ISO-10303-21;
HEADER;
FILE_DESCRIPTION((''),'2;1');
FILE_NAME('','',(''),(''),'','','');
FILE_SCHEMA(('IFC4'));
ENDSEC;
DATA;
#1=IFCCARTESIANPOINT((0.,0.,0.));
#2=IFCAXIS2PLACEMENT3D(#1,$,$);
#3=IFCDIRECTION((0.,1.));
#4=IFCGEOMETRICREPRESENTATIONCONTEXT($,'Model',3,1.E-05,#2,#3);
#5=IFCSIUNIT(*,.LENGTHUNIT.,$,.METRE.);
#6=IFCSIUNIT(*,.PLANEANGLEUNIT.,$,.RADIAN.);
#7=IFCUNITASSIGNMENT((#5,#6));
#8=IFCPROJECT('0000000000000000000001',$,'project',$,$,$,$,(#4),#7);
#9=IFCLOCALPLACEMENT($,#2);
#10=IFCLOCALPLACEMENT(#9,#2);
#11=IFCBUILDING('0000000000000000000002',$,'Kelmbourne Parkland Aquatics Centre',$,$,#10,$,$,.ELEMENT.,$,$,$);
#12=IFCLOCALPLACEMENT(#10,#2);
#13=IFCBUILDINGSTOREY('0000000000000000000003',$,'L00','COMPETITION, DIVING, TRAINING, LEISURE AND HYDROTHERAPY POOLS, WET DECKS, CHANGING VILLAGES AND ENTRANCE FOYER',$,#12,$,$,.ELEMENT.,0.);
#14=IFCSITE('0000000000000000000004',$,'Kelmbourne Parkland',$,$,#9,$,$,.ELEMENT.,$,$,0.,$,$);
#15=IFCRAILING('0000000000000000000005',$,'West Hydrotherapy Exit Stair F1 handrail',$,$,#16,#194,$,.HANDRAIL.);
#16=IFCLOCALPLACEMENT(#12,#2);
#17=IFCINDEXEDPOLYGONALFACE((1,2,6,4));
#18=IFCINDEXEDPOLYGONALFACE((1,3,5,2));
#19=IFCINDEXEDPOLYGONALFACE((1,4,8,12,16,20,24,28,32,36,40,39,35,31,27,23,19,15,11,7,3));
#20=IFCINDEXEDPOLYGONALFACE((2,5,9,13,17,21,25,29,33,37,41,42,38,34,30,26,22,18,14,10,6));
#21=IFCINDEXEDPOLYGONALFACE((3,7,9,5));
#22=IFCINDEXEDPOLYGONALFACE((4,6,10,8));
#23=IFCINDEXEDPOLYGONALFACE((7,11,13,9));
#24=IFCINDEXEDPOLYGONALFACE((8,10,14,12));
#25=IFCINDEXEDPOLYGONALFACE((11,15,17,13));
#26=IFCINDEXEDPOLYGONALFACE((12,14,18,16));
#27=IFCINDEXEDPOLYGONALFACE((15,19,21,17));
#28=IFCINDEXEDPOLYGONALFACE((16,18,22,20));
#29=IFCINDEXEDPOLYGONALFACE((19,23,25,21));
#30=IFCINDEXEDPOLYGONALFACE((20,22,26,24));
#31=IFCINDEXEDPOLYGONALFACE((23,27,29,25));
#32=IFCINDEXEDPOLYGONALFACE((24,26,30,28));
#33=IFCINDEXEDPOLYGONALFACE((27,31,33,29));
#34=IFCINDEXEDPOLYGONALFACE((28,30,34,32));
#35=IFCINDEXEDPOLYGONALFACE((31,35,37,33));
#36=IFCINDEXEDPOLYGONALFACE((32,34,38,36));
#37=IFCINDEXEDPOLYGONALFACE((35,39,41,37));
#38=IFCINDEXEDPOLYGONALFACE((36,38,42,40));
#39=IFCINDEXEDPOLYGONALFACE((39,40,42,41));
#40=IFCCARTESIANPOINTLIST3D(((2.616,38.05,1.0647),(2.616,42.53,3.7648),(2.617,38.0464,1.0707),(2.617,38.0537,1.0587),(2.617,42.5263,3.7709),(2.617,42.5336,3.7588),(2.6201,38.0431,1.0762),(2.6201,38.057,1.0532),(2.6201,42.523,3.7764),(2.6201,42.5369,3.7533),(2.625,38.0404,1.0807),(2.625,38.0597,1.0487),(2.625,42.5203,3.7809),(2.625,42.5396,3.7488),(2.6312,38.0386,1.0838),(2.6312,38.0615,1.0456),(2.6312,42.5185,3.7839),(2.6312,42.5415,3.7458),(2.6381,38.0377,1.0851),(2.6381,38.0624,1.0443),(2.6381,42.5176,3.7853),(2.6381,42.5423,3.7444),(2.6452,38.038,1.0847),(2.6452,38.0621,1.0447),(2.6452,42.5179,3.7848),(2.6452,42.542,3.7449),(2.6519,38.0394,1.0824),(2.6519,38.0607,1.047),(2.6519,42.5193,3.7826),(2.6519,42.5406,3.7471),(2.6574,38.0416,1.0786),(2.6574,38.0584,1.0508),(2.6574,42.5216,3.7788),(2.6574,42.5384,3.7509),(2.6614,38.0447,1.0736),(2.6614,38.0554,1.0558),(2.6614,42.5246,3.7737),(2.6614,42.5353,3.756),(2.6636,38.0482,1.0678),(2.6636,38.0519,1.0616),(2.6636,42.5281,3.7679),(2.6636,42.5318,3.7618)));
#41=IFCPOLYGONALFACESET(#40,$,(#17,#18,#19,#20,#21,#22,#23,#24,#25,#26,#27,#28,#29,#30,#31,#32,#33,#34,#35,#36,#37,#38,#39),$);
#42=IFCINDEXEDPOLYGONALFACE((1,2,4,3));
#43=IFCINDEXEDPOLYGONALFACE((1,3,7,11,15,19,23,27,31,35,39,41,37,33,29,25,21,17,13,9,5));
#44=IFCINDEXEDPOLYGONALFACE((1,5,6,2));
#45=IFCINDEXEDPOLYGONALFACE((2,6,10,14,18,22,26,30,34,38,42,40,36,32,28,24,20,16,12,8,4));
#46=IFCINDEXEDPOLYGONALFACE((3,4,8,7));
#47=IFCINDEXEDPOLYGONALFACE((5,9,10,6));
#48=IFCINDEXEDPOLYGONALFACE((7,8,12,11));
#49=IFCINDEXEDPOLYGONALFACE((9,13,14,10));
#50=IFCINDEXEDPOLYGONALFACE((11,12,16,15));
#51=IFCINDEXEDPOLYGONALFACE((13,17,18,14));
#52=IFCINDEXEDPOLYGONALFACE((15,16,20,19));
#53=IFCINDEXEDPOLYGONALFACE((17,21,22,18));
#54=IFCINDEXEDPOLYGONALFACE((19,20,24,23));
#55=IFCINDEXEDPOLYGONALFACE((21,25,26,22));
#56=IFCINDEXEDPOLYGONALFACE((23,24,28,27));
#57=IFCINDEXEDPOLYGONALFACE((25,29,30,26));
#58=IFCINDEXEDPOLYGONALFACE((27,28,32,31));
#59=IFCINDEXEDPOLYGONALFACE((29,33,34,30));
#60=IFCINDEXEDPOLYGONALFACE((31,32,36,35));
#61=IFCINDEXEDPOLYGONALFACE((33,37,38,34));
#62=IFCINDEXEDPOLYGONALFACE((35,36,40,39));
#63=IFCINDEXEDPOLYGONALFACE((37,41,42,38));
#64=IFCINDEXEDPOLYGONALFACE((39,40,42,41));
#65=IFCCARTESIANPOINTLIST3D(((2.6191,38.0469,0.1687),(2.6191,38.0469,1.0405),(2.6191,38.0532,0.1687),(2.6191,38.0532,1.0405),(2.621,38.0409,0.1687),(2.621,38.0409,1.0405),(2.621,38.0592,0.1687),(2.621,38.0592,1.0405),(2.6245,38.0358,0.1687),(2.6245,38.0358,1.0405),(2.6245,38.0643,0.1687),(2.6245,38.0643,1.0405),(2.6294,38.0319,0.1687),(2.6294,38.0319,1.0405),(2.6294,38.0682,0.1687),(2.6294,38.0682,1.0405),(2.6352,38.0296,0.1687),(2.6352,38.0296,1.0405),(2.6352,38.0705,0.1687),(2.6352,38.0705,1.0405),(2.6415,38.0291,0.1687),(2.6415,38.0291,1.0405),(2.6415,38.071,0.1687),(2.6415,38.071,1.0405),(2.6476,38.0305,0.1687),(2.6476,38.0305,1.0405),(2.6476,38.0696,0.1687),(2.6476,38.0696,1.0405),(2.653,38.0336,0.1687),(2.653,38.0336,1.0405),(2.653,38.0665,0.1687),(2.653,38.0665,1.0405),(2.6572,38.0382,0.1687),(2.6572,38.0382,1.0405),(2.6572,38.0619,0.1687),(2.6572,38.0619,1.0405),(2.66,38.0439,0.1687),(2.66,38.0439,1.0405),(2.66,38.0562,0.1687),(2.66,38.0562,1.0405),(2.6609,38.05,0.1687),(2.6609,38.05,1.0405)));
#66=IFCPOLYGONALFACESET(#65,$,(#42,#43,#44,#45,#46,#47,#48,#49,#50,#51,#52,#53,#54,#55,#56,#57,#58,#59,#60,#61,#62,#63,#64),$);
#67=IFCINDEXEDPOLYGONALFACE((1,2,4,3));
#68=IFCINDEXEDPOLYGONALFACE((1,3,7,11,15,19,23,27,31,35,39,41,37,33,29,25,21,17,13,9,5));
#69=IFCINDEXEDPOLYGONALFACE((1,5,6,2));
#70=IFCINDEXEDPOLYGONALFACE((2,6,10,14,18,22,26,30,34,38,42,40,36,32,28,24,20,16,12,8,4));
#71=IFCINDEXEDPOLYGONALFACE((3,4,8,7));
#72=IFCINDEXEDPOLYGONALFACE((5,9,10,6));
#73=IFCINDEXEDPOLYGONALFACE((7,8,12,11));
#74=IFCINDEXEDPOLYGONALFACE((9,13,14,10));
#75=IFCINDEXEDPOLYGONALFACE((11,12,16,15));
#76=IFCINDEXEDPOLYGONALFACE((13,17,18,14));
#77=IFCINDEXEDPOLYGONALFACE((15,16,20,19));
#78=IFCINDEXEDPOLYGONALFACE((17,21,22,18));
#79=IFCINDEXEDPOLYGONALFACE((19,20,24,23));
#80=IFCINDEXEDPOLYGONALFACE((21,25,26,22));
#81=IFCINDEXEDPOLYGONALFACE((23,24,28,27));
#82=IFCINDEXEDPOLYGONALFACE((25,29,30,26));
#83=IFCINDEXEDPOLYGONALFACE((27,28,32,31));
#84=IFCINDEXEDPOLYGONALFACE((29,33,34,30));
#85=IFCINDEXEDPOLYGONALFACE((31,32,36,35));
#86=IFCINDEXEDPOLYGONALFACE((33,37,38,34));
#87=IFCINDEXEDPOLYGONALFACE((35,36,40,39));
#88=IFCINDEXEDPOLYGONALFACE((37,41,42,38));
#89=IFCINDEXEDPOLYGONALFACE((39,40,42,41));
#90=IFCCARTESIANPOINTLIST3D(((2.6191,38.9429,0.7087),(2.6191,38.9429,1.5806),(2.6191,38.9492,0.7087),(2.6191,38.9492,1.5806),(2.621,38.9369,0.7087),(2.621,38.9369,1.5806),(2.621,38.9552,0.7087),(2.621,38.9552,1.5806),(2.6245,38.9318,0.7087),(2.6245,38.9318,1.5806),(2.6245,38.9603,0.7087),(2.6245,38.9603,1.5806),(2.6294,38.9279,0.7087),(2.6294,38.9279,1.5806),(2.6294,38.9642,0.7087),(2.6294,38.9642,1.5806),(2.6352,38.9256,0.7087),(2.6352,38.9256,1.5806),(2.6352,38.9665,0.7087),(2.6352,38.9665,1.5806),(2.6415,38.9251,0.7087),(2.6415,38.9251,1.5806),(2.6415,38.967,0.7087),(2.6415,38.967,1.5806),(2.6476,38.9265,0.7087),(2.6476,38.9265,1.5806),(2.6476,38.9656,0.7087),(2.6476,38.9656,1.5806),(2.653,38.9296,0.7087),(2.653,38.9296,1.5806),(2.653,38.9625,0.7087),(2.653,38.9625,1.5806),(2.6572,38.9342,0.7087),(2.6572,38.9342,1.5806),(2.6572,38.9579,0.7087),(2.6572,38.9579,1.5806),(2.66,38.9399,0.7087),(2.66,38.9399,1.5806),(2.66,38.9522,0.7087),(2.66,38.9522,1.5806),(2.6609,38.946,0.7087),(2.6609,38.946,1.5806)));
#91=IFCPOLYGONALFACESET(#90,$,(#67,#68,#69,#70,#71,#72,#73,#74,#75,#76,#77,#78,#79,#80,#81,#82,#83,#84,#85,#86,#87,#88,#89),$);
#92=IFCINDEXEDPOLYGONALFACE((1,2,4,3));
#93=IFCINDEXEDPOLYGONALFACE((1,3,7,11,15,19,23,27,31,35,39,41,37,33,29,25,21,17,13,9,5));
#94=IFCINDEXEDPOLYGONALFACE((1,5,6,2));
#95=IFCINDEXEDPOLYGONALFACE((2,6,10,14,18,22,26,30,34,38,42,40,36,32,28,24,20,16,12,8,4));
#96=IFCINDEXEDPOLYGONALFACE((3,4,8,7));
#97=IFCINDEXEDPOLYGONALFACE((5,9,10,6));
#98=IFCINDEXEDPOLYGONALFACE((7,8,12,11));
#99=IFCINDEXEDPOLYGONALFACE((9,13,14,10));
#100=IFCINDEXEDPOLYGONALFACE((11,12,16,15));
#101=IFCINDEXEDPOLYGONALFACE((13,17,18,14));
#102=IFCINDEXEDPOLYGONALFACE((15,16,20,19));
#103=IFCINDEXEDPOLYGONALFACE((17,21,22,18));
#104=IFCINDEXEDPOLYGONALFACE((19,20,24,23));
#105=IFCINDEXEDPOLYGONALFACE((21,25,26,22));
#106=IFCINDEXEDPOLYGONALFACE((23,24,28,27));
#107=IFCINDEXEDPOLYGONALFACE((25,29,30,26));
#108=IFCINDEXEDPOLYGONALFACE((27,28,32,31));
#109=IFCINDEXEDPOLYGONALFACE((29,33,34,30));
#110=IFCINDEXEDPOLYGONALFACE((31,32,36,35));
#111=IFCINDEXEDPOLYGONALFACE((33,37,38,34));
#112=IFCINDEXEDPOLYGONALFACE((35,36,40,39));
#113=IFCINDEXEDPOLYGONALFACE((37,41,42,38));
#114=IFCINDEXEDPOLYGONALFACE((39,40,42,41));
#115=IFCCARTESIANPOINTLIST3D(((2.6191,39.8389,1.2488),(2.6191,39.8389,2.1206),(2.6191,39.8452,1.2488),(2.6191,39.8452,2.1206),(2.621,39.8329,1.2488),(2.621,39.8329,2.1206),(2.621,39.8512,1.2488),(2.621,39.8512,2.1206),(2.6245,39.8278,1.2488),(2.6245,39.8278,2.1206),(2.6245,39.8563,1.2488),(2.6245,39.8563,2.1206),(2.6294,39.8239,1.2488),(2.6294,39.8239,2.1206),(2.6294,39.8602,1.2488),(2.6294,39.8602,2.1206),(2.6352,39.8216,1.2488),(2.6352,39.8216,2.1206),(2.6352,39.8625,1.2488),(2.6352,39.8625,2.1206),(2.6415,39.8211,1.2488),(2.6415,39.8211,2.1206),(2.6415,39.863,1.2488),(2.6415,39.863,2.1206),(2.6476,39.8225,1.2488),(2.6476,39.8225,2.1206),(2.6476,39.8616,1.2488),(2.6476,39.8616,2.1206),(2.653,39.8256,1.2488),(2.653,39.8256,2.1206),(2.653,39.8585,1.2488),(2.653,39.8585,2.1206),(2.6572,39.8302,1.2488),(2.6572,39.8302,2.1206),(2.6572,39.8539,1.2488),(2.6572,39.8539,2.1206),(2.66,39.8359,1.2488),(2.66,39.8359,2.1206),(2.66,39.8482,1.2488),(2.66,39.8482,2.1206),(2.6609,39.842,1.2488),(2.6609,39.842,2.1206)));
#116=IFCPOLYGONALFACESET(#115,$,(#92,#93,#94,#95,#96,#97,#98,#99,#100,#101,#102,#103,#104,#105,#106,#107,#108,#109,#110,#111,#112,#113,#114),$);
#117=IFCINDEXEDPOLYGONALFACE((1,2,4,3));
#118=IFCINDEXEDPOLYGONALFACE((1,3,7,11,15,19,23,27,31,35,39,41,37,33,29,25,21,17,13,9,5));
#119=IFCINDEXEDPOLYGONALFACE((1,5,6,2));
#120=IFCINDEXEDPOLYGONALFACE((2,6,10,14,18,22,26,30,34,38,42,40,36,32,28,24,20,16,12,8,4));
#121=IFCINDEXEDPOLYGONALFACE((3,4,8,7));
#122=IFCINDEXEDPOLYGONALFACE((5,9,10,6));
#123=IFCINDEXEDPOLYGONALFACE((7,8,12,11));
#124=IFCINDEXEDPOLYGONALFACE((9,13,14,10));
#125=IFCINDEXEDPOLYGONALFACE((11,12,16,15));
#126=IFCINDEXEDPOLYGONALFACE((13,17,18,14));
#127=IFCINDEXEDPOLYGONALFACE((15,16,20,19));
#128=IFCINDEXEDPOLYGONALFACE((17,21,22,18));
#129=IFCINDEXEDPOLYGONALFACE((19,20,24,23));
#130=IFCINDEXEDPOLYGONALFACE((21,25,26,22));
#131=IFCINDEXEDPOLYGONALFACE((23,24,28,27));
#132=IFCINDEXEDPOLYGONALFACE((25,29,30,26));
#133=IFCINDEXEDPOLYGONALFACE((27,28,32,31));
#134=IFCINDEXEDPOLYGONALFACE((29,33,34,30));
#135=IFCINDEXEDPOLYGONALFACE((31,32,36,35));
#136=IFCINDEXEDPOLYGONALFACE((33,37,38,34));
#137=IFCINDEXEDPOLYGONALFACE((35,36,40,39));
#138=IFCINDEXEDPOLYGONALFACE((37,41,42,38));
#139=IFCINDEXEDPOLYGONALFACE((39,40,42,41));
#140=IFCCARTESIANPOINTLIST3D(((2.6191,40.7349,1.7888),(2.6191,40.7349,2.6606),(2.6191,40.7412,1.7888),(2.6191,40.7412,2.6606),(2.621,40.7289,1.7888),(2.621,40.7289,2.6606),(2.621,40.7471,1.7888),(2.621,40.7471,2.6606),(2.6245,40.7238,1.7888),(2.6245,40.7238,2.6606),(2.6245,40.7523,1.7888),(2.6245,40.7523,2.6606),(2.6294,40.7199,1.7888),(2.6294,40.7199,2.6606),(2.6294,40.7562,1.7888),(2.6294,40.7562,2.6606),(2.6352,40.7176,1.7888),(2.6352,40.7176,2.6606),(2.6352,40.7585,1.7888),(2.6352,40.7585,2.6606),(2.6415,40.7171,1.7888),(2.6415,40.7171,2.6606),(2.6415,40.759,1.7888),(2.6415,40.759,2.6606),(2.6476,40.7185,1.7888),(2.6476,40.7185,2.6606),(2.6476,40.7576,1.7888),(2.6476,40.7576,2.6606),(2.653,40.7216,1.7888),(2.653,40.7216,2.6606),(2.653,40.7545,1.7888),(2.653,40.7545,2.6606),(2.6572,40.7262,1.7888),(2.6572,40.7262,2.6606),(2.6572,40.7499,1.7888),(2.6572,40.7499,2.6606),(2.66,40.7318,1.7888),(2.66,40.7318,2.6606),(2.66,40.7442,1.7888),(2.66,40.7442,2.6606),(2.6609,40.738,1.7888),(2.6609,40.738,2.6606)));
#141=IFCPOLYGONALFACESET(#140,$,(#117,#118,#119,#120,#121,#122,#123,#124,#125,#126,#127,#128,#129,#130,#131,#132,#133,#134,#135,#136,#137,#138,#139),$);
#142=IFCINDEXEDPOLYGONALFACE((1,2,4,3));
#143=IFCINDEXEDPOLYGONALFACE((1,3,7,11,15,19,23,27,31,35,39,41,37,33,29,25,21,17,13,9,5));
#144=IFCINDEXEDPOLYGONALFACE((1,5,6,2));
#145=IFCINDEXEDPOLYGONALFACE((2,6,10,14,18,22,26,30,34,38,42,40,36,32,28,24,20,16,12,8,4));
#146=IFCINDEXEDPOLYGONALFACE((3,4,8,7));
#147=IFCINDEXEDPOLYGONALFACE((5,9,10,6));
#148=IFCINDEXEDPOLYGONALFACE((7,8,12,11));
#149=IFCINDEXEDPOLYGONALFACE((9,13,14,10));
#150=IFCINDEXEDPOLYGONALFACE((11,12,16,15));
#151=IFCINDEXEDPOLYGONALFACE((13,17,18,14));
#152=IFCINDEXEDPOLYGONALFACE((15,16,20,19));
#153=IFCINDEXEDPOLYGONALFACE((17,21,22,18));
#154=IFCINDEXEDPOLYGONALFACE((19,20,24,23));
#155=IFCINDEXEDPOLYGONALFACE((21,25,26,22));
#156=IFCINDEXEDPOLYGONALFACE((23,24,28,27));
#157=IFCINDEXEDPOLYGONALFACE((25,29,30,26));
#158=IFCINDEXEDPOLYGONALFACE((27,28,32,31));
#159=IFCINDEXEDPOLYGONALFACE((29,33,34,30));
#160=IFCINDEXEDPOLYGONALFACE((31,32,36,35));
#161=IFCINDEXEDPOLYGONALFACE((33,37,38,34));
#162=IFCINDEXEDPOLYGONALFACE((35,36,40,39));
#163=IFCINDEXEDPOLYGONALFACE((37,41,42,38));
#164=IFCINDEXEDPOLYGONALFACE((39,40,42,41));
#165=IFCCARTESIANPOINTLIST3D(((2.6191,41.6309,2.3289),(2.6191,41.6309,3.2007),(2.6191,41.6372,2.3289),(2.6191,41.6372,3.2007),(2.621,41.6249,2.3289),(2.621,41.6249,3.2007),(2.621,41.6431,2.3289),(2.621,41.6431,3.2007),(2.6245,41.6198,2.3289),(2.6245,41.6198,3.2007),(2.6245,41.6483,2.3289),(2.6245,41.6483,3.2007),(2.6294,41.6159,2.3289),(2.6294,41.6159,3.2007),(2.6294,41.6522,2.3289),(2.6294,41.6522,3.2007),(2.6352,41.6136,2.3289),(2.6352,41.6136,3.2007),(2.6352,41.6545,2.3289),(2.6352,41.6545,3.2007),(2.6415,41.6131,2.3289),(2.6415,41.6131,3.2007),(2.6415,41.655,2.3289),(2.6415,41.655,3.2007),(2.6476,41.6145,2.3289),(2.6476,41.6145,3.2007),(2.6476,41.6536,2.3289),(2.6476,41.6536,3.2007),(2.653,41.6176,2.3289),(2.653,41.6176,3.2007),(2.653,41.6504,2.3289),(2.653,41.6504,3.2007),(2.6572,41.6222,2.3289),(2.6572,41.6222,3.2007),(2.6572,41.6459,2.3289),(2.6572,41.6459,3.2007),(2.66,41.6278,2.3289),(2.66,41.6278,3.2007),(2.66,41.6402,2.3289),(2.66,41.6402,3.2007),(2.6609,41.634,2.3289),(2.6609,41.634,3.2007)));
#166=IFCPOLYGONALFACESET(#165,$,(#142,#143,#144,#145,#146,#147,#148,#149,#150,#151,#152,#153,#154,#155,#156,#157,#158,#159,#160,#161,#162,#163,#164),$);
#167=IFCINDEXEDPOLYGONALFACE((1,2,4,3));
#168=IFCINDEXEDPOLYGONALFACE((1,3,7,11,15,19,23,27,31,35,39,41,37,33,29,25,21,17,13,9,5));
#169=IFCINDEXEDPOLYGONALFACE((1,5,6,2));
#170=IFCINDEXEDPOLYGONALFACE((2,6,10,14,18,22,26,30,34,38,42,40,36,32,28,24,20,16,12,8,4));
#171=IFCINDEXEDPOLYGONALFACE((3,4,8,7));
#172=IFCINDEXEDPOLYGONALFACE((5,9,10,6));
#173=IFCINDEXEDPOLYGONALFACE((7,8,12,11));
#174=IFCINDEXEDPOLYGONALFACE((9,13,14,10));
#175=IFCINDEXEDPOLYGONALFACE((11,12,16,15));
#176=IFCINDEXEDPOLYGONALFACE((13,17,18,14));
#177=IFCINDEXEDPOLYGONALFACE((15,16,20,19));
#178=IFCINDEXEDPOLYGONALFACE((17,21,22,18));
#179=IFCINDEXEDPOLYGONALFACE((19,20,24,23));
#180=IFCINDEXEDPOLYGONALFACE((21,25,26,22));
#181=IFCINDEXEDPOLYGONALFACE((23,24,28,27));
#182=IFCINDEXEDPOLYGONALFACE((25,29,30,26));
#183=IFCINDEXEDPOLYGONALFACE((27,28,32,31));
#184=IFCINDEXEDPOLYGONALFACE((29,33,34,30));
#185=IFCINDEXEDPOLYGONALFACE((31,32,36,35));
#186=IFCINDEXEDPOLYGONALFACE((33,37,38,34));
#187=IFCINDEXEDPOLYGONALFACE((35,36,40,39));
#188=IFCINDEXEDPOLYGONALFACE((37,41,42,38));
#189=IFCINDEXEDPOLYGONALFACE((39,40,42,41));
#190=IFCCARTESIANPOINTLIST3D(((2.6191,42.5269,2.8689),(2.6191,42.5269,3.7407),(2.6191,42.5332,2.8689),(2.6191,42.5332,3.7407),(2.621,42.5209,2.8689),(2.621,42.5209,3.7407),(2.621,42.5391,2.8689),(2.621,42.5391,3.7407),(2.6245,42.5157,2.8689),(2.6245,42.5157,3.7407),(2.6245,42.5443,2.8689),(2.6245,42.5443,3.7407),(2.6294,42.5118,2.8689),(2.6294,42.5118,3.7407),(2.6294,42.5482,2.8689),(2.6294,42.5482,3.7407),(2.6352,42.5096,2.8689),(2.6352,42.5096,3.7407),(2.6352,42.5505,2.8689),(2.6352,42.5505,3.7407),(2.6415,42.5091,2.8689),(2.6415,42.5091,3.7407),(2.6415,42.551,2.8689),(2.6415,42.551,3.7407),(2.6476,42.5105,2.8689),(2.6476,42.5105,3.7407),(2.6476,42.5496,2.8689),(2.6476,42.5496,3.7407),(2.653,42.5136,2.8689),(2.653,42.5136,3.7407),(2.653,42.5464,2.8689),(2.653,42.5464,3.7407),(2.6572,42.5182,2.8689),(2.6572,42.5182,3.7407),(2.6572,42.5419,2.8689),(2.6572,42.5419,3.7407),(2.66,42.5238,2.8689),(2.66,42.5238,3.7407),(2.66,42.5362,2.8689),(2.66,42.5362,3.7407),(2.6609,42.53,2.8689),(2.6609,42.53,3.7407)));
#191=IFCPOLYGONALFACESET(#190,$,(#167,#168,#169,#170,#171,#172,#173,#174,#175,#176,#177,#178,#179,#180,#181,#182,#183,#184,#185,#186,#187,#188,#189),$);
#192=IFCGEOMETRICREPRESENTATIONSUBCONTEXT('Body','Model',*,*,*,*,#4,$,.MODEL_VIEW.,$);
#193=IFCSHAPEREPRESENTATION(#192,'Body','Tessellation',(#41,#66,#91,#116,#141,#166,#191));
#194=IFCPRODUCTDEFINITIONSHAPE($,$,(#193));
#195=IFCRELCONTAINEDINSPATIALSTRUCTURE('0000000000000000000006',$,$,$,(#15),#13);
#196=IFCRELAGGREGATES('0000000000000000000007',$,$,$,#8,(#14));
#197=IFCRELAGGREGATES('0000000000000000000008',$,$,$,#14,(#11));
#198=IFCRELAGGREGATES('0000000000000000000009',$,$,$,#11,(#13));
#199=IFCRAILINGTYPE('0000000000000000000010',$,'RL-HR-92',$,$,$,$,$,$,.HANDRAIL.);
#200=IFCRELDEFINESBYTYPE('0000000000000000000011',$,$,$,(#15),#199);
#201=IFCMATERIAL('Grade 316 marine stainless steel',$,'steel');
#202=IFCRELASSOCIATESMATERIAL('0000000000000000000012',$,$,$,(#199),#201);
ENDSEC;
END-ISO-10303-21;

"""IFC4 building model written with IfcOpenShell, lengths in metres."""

from ifc_helpers import new_model, si_unit, direction, frame, origin, origin_2d, place, context, subcontext, project, spatial, circle, extrude, material, type_object, element, save


model = new_model("IFC4")

# Units and contexts
model_context = context("Model", 3, precision=1e-05, world=origin(), true_north=direction((0.0, 1.0)))
body_context = subcontext(model_context, "Body", "Model", "MODEL_VIEW")
ifc_project = project(units=[si_unit("LENGTHUNIT", "METRE"), si_unit("PLANEANGLEUNIT", "RADIAN")], contexts=[model_context])

# Site, building, storey
site_placement = place(None, origin())
site = spatial("IfcSite", under=ifc_project, at=site_placement, Name="Kelmbourne Parkland", CompositionType="ELEMENT", RefElevation=0.0)
building_placement = place(site_placement, origin())
building = spatial("IfcBuilding", under=site, at=building_placement, Name="Kelmbourne Parkland Aquatics Centre", CompositionType="ELEMENT")
storey_placement = place(building_placement, origin())
storey = spatial("IfcBuildingStorey", under=building, at=storey_placement, Name="L00", Description="COMPETITION, DIVING, TRAINING, LEISURE AND HYDROTHERAPY POOLS, WET DECKS, CHANGING VILLAGES AND ENTRANCE FOYER", CompositionType="ELEMENT", Elevation=0.0)

# Railing
ifc_material_1 = material(Name="Grade 316 marine stainless steel", Category="steel")
railing_type_1 = type_object("IfcRailingType", Name="RL-HR-92", PredefinedType="HANDRAIL", material=ifc_material_1)
railing_1_placement = place(storey_placement, frame((2.6399, 38.05, 0.1687)))
element("IfcRailing", 1, at=railing_1_placement, inside=storey, type_object=railing_type_1, Name="West Hydrotherapy Exit Stair F1 handrail", PredefinedType="HANDRAIL", context=body_context, shape_type="SweptSolid", body=[
    extrude(circle(Radius=0.0239, at=origin_2d()), frame((0.0, 0.0, 0.896), z_axis=(0.0, 0.856462, 0.516211), x_axis=(-1.0, 0.0, 0.0)), (0.0, 0.0, 1.0), 5.2307),
    extrude(circle(Radius=0.021, at=origin_2d()), origin(), (0.0, 0.0, 1.0), 0.8718),
    extrude(circle(Radius=0.021, at=origin_2d()), frame((0.0, 0.896, 0.54)), (0.0, 0.0, 1.0), 0.8718),
    extrude(circle(Radius=0.021, at=origin_2d()), frame((0.0, 1.792, 1.0801)), (0.0, 0.0, 1.0), 0.8718),
    extrude(circle(Radius=0.021, at=origin_2d()), frame((0.0, 2.688, 1.6201)), (0.0, 0.0, 1.0), 0.8718),
    extrude(circle(Radius=0.021, at=origin_2d()), frame((0.0, 3.584, 2.1602)), (0.0, 0.0, 1.0), 0.8718),
    extrude(circle(Radius=0.021, at=origin_2d()), frame((0.0, 4.48, 2.7002)), (0.0, 0.0, 1.0), 0.8718),
])

save(model, "model.ifc")
